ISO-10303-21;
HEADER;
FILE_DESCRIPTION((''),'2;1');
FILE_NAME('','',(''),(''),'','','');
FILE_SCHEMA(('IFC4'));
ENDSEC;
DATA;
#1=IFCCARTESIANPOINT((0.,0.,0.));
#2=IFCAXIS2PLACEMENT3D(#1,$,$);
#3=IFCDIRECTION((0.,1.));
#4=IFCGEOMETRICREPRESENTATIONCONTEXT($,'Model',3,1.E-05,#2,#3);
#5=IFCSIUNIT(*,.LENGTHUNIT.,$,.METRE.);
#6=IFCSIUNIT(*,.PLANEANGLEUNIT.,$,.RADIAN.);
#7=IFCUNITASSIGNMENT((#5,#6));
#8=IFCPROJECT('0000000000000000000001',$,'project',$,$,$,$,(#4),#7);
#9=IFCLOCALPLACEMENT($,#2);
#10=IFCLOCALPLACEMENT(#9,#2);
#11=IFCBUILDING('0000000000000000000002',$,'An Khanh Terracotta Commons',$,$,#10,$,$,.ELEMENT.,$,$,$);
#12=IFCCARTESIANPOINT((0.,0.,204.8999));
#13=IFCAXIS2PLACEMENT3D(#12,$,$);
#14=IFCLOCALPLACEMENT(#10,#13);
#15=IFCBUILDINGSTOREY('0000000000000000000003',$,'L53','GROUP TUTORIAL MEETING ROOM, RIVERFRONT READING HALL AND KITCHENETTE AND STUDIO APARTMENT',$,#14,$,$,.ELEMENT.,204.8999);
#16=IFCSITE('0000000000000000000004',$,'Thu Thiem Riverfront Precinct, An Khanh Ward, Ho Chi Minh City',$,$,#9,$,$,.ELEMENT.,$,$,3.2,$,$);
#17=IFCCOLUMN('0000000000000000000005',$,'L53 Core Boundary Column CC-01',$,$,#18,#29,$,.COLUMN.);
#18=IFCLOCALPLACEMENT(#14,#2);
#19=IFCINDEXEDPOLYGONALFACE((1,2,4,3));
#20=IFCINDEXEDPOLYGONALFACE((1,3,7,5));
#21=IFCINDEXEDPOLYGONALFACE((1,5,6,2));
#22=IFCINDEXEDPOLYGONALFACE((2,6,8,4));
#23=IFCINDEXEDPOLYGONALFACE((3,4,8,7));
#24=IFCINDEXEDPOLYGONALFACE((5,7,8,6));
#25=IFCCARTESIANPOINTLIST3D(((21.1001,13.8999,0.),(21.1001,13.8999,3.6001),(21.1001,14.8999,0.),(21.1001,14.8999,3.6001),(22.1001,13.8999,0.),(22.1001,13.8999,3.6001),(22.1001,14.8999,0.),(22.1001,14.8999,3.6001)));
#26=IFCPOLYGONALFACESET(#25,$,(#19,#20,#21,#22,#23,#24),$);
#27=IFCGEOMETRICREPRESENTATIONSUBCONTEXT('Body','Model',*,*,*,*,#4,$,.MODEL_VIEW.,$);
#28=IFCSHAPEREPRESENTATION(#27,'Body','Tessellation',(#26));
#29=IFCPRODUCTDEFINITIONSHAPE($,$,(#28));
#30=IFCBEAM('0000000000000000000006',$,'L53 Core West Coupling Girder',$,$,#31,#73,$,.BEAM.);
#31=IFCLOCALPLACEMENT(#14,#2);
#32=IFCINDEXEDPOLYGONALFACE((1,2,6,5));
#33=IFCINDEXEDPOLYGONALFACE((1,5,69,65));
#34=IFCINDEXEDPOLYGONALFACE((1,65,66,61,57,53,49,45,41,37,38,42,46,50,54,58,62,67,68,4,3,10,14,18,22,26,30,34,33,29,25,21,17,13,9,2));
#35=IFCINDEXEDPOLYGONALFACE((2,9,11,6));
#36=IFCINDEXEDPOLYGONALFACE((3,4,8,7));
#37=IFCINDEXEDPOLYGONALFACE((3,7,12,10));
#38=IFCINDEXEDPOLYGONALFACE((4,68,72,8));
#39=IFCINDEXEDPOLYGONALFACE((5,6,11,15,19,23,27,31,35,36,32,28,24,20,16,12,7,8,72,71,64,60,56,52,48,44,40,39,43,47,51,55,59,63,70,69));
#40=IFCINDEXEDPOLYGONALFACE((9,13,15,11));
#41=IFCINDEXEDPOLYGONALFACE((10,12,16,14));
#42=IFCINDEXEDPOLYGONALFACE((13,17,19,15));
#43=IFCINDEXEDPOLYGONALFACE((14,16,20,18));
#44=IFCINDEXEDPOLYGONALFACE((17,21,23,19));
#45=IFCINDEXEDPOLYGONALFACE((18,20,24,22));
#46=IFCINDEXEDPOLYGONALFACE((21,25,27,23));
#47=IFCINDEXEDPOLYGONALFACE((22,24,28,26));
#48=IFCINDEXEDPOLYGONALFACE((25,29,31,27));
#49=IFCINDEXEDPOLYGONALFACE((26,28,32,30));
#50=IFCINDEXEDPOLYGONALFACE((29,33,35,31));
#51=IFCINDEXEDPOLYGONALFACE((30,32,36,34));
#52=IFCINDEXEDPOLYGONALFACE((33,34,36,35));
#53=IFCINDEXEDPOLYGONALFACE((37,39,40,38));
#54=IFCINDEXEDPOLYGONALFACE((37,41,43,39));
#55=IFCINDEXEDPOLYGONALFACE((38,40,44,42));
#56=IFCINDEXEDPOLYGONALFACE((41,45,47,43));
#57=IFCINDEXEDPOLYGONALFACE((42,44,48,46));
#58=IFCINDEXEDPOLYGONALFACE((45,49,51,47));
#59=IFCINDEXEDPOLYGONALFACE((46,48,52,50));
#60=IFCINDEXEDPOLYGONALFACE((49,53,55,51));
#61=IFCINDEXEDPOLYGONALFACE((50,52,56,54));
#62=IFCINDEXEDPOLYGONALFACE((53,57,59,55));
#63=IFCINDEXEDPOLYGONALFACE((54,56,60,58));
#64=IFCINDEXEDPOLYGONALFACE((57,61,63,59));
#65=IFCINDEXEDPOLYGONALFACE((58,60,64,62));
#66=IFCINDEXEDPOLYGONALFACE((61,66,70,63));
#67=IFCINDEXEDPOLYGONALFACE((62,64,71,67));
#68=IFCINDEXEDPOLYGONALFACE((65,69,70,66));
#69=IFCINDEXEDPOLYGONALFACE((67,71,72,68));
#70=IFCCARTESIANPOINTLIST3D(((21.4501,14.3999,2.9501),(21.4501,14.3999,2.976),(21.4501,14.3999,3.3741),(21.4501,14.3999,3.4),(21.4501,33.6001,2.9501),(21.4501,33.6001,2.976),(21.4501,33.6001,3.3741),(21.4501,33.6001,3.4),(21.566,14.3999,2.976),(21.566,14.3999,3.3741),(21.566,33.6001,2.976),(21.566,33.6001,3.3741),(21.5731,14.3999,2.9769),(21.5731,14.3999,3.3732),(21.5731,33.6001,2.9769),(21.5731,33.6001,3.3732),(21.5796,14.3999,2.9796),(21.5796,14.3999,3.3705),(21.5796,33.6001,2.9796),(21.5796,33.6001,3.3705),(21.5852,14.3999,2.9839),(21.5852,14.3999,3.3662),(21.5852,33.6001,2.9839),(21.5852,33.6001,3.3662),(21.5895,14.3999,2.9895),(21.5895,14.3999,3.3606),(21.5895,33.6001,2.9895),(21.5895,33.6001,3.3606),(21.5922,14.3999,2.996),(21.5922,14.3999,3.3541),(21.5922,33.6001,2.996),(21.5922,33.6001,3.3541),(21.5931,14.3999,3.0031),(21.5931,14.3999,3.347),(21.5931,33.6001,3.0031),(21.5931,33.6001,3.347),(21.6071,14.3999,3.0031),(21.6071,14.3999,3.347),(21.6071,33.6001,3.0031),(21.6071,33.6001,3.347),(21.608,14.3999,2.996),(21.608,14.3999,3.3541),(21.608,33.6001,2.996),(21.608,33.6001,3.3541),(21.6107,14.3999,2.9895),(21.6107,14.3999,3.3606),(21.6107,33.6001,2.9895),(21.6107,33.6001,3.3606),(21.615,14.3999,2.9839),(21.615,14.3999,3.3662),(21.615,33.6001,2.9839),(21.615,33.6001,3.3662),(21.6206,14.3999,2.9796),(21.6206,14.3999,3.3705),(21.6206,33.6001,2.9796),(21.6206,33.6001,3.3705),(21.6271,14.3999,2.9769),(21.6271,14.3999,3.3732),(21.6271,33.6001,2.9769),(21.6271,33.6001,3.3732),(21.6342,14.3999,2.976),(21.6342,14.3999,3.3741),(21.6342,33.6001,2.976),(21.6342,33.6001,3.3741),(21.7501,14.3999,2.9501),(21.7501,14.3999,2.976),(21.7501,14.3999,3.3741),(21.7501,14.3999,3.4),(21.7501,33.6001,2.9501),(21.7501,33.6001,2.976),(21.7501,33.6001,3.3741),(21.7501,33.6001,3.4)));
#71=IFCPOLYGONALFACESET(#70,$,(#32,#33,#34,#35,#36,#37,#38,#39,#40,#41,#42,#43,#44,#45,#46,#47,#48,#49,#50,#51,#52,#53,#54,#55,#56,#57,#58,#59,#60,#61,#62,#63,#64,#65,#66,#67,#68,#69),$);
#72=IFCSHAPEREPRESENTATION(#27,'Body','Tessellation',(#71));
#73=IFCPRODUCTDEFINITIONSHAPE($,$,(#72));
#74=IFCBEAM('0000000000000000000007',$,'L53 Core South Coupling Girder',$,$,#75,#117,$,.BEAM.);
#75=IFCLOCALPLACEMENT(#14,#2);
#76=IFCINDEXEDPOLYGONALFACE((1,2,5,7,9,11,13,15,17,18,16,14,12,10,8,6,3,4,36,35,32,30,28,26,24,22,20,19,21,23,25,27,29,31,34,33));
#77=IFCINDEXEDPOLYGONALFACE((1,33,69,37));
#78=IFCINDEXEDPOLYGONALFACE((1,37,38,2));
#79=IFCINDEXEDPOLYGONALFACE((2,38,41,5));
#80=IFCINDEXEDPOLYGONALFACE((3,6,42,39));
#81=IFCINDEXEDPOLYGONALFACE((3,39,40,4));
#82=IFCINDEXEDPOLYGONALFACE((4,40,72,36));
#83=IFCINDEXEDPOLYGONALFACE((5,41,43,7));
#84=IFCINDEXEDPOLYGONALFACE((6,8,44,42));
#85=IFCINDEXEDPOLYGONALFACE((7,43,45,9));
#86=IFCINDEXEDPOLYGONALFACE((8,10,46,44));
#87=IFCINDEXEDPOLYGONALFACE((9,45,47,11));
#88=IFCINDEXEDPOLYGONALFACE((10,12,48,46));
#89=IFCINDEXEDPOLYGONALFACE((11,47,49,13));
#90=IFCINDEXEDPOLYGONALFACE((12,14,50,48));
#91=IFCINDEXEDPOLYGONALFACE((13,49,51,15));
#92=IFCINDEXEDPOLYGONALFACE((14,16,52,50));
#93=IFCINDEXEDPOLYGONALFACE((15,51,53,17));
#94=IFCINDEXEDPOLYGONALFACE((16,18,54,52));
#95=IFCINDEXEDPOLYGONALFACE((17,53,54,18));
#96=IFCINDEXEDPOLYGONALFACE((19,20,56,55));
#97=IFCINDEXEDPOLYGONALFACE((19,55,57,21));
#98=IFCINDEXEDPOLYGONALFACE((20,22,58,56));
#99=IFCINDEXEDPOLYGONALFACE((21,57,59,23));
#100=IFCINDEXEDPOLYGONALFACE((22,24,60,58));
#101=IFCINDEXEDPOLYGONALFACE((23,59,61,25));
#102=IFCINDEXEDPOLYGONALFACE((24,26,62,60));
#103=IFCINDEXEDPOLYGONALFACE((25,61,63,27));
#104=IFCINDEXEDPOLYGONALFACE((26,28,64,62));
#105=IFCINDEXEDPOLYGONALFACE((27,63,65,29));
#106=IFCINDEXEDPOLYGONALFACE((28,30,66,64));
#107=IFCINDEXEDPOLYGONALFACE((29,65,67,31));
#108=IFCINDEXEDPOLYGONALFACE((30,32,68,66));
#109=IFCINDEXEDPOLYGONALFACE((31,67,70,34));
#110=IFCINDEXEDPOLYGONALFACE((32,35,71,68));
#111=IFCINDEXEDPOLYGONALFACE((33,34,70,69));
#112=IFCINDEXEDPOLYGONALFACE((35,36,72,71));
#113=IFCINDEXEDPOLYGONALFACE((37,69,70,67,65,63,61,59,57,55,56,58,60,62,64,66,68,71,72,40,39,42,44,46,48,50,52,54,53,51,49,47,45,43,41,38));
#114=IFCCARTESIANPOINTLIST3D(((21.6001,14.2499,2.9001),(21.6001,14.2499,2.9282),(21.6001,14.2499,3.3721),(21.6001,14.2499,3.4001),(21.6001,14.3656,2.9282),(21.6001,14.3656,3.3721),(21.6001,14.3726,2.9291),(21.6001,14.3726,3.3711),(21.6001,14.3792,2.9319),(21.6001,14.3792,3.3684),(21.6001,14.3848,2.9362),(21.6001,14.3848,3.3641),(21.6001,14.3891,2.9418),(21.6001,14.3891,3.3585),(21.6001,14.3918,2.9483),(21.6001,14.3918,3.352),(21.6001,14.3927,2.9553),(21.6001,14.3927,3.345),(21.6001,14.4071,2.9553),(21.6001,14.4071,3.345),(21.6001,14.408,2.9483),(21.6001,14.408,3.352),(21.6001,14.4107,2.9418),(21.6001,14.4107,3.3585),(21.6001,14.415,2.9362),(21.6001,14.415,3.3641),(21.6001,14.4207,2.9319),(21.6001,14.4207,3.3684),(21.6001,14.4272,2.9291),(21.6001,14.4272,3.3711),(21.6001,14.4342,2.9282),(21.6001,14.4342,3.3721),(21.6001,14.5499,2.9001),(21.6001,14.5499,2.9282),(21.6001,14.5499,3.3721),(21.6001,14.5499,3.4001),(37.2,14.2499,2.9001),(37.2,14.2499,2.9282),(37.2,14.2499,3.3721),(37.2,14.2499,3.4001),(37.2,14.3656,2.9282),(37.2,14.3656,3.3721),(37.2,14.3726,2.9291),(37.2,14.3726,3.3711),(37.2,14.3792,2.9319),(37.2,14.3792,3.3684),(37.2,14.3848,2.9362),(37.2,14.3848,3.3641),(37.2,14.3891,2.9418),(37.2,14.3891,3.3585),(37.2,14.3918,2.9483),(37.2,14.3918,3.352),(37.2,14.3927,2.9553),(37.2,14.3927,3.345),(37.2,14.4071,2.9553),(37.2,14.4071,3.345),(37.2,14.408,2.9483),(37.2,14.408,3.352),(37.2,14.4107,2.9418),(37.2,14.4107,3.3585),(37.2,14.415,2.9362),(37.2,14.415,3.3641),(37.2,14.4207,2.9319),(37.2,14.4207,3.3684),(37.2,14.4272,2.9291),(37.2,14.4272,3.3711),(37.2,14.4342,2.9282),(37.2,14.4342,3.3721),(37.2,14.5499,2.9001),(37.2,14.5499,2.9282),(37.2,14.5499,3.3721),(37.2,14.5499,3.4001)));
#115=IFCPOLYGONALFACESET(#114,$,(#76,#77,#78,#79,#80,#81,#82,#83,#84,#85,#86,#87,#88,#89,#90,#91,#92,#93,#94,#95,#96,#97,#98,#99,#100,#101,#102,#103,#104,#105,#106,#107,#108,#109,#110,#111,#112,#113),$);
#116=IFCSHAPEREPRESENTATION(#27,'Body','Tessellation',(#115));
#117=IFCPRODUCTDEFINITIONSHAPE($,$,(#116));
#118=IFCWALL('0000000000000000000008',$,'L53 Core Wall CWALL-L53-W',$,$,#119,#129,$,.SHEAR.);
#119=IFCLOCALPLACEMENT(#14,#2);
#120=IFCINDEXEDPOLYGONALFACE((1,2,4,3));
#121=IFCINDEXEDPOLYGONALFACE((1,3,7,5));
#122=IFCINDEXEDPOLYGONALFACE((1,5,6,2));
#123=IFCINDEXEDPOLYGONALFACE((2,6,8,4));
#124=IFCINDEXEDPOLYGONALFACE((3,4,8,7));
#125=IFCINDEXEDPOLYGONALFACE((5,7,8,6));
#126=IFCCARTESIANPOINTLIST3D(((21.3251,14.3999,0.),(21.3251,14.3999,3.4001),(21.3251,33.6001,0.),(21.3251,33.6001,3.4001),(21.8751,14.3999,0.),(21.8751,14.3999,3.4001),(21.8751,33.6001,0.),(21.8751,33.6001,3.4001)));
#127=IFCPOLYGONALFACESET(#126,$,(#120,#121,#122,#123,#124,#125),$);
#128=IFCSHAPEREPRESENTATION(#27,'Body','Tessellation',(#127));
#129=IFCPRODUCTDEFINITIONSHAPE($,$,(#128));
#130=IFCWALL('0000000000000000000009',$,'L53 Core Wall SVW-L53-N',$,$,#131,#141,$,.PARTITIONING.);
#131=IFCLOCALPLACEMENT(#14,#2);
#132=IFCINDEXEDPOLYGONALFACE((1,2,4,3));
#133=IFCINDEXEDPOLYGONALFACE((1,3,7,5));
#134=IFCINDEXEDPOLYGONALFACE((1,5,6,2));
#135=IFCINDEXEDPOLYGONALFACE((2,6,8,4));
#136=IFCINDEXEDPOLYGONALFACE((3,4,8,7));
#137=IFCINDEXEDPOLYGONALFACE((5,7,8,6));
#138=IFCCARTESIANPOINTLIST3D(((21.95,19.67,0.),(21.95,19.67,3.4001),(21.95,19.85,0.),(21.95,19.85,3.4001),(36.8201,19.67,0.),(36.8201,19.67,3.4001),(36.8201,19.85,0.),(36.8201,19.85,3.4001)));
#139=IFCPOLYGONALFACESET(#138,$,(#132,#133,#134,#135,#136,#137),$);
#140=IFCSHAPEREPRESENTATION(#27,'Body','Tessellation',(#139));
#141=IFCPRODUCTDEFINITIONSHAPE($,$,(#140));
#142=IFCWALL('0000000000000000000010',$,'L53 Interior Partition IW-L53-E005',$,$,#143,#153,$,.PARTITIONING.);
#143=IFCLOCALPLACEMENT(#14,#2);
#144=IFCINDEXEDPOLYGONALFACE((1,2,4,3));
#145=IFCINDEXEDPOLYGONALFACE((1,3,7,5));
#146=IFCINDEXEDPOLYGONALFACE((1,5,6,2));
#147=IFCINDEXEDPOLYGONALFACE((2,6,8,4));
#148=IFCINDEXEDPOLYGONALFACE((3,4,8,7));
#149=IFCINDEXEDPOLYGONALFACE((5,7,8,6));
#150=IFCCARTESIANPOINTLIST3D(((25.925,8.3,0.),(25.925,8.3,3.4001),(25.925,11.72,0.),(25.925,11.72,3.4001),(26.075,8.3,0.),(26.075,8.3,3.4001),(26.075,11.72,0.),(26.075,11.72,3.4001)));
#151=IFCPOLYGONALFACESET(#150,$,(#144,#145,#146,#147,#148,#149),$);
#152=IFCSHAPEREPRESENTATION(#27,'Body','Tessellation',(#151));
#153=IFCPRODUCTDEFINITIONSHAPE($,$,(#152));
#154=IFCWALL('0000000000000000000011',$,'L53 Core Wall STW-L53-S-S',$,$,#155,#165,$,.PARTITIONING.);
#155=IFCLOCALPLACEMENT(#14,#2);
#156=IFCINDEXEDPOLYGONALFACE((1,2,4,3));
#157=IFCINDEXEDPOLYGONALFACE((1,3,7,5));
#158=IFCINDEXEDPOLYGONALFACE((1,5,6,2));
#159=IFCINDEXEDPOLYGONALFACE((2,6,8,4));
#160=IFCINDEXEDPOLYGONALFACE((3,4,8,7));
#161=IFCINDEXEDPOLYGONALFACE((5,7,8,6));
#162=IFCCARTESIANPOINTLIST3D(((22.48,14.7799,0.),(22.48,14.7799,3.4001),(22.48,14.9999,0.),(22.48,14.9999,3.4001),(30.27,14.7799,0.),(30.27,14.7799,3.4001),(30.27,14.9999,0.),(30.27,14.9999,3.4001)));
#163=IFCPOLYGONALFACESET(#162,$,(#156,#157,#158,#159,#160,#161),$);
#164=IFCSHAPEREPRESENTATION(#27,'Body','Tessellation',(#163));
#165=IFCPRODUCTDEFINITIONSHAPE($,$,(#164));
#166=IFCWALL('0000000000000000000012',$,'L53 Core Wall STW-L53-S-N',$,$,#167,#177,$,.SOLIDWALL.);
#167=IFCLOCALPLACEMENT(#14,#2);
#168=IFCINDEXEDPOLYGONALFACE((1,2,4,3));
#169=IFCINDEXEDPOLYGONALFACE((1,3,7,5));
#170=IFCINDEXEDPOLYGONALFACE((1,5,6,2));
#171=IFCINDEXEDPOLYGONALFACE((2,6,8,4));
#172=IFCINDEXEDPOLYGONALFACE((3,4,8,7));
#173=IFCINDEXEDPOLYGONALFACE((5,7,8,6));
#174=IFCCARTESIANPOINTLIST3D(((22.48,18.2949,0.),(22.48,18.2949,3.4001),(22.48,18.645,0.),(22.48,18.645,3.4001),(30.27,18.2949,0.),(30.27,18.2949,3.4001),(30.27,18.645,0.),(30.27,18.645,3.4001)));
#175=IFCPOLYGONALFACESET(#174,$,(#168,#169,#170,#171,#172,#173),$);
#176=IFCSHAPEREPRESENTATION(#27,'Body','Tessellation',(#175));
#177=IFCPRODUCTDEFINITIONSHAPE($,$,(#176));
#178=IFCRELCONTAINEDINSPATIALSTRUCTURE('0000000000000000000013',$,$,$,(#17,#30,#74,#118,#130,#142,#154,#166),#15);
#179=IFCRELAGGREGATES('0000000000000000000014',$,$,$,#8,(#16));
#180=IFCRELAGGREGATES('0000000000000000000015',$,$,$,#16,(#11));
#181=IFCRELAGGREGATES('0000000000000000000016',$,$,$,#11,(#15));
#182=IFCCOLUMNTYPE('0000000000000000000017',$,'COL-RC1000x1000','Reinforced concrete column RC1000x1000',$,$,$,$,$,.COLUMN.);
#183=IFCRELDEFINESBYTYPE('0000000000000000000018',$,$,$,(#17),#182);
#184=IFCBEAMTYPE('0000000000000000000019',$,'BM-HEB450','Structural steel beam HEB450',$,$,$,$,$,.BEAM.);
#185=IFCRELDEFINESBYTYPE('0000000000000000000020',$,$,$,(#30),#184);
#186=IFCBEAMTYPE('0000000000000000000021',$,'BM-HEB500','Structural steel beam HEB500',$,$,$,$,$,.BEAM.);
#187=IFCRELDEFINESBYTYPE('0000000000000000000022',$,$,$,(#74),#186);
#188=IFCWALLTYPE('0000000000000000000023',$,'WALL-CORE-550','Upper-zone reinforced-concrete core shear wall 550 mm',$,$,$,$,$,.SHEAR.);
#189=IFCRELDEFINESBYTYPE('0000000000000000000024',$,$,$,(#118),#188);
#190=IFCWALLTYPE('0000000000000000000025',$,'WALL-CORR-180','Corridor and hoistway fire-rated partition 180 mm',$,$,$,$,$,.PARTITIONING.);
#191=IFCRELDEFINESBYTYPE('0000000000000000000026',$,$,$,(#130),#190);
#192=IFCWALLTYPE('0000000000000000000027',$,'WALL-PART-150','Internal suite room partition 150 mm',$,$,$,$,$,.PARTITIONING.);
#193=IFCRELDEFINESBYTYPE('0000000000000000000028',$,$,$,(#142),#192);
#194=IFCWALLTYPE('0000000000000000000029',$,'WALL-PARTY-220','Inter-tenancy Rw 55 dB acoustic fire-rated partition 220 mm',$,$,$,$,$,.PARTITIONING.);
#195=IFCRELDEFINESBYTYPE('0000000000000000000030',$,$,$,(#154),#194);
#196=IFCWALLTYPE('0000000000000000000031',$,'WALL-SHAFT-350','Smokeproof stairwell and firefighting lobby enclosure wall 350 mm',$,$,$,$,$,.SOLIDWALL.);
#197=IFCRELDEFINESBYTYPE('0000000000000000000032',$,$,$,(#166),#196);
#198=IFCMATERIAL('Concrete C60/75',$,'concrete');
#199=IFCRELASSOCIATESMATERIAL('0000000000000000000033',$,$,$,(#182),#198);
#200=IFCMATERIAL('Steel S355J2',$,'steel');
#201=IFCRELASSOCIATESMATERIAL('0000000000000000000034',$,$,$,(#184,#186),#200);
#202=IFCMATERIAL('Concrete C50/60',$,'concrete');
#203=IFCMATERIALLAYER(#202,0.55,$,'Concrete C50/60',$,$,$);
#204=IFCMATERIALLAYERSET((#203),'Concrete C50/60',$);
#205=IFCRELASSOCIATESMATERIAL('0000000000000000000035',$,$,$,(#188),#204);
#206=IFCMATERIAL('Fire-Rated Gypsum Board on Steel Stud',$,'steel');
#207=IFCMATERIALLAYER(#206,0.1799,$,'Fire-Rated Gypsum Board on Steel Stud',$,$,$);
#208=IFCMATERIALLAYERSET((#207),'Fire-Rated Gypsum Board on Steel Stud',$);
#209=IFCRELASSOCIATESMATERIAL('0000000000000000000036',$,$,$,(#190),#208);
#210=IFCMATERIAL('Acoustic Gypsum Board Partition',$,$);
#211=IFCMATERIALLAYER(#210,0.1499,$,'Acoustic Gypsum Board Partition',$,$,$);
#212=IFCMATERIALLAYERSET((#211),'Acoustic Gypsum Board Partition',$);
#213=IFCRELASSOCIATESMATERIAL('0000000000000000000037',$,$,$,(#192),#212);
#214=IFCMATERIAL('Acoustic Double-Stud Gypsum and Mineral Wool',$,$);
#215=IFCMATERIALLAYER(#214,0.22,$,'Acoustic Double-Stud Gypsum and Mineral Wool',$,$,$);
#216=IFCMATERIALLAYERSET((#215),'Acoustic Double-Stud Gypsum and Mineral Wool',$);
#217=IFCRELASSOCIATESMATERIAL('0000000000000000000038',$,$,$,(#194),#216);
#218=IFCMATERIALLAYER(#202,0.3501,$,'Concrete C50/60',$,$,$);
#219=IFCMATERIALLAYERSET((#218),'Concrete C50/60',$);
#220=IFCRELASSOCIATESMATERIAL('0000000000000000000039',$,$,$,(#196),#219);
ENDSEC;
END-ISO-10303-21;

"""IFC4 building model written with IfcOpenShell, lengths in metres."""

from ifc_helpers import new_model, si_unit, direction, frame, frame_2d, origin, origin_2d, place, context, subcontext, project, spatial, rectangle, i_section, extrude, material, layer, layer_set, material_profile, profile_set, type_object, element, save


model = new_model("IFC4")

# Units and contexts
model_context = context("Model", 3, precision=1e-05, world=origin(), true_north=direction((0.0, 1.0)))
body_context = subcontext(model_context, "Body", "Model", "MODEL_VIEW")
ifc_project = project(units=[si_unit("LENGTHUNIT", "METRE"), si_unit("PLANEANGLEUNIT", "RADIAN")], contexts=[model_context])

# Site, building, storey
site_placement = place(None, origin())
site = spatial("IfcSite", under=ifc_project, at=site_placement, Name="Thu Thiem Riverfront Precinct, An Khanh Ward, Ho Chi Minh City", CompositionType="ELEMENT", RefElevation=3.2)
building_placement = place(site_placement, origin())
building = spatial("IfcBuilding", under=site, at=building_placement, Name="An Khanh Terracotta Commons", CompositionType="ELEMENT")
storey_placement = place(building_placement, frame((0.0, 0.0, 204.8999)))
storey = spatial("IfcBuildingStorey", under=building, at=storey_placement, Name="L53", Description="GROUP TUTORIAL MEETING ROOM, RIVERFRONT READING HALL AND KITCHENETTE AND STUDIO APARTMENT", CompositionType="ELEMENT", Elevation=204.8999)

# Column
ifc_material_1 = material(Name="Concrete C60/75", Category="concrete")
ifc_material_profile_1 = material_profile(ifc_material_1, rectangle(XDim=1.0, YDim=1.0, at=origin_2d()), Name="RC1000x1000")
ifc_profile_set_1 = profile_set([ifc_material_profile_1], Name="Concrete C60/75")
column_type = type_object("IfcColumnType", Name="COL-RC1000x1000", Description="Reinforced concrete column RC1000x1000", PredefinedType="COLUMN", material=ifc_profile_set_1)
column_placement = place(storey_placement, frame((21.6001, 14.3999, 0.0), z_axis=(0.0, 0.0, 1.0), x_axis=(1.0, 0.0, 0.0)))
element("IfcColumn", 1, at=column_placement, inside=storey, type_object=column_type, Name="L53 Core Boundary Column CC-01", PredefinedType="COLUMN", context=body_context, shape_type="SweptSolid", body=[
    extrude(rectangle(XDim=1.0, YDim=1.0, at=origin_2d()), origin(), (0.0, 0.0, 1.0), 3.6001),
])

# Beams
ifc_material_2 = material(Name="Steel S355J2", Category="steel")
ifc_material_profile_2 = material_profile(ifc_material_2, i_section(OverallWidth=0.3, OverallDepth=0.45, WebThickness=0.0139, FlangeThickness=0.0259, FilletRadius=0.0271, at=origin_2d()), Name="HEB450")
ifc_profile_set_2 = profile_set([ifc_material_profile_2], Name="Steel S355J2")
beam_type_1 = type_object("IfcBeamType", Name="BM-HEB450", Description="Structural steel beam HEB450", PredefinedType="BEAM", material=ifc_profile_set_2)
beam_1_placement = place(storey_placement, frame((21.6001, 14.3999, 3.175), z_axis=(0.0, 1.0, 0.0), x_axis=(-1.0, 0.0, 0.0)))
element("IfcBeam", 2, at=beam_1_placement, inside=storey, type_object=beam_type_1, Name="L53 Core West Coupling Girder", PredefinedType="BEAM", context=body_context, shape_type="SweptSolid", body=[
    extrude(i_section(OverallWidth=0.3, OverallDepth=0.45, WebThickness=0.0139, FlangeThickness=0.0259, FilletRadius=0.0271, at=origin_2d()), origin(), (0.0, 0.0, 1.0), 19.2002),
])
ifc_material_profile_3 = material_profile(ifc_material_2, i_section(OverallWidth=0.3, OverallDepth=0.5, WebThickness=0.0144, FlangeThickness=0.0281, FilletRadius=0.0271, at=origin_2d()), Name="HEB500")
ifc_profile_set_3 = profile_set([ifc_material_profile_3], Name="Steel S355J2")
beam_type_2 = type_object("IfcBeamType", Name="BM-HEB500", Description="Structural steel beam HEB500", PredefinedType="BEAM", material=ifc_profile_set_3)
beam_2_placement = place(storey_placement, frame((21.6001, 14.3999, 3.1501), z_axis=(1.0, 0.0, 0.0), x_axis=(0.0, 1.0, 0.0)))
element("IfcBeam", 3, at=beam_2_placement, inside=storey, type_object=beam_type_2, Name="L53 Core South Coupling Girder", PredefinedType="BEAM", context=body_context, shape_type="SweptSolid", body=[
    extrude(i_section(OverallWidth=0.3, OverallDepth=0.5, WebThickness=0.0144, FlangeThickness=0.0281, FilletRadius=0.0271, at=origin_2d()), origin(), (0.0, 0.0, 1.0), 15.5999),
])

# Walls
ifc_material_3 = material(Name="Concrete C50/60", Category="concrete")
ifc_layer_1 = layer(ifc_material_3, 0.55, Name="Concrete C50/60")
ifc_layer_set_1 = layer_set([ifc_layer_1], Name="Concrete C50/60")
wall_type_1 = type_object("IfcWallType", Name="WALL-CORE-550", Description="Upper-zone reinforced-concrete core shear wall 550 mm", PredefinedType="SHEAR", material=ifc_layer_set_1)
wall_1_placement = place(storey_placement, frame((21.6001, 14.3999, 0.0), z_axis=(0.0, 0.0, 1.0), x_axis=(0.0, 1.0, 0.0)))
element("IfcWall", 4, at=wall_1_placement, inside=storey, type_object=wall_type_1, Name="L53 Core Wall CWALL-L53-W", PredefinedType="SHEAR", context=body_context, shape_type="SweptSolid", body=[
    extrude(rectangle(XDim=19.2002, YDim=0.55, at=frame_2d((9.6001, 0.0))), origin(), (0.0, 0.0, 1.0), 3.4001),
])
ifc_material_4 = material(Name="Fire-Rated Gypsum Board on Steel Stud", Category="steel")
ifc_layer_2 = layer(ifc_material_4, 0.1799, Name="Fire-Rated Gypsum Board on Steel Stud")
ifc_layer_set_2 = layer_set([ifc_layer_2], Name="Fire-Rated Gypsum Board on Steel Stud")
wall_type_2 = type_object("IfcWallType", Name="WALL-CORR-180", Description="Corridor and hoistway fire-rated partition 180 mm", PredefinedType="PARTITIONING", material=ifc_layer_set_2)
wall_2_placement = place(storey_placement, frame((21.95, 19.76, 0.0), z_axis=(0.0, 0.0, 1.0), x_axis=(1.0, 0.0, 0.0)))
element("IfcWall", 5, at=wall_2_placement, inside=storey, type_object=wall_type_2, Name="L53 Core Wall SVW-L53-N", PredefinedType="PARTITIONING", context=body_context, shape_type="SweptSolid", body=[
    extrude(rectangle(XDim=14.8701, YDim=0.1799, at=frame_2d((7.4351, 0.0))), origin(), (0.0, 0.0, 1.0), 3.4001),
])

# Walls
ifc_material_5 = material(Name="Acoustic Gypsum Board Partition")
ifc_layer_3 = layer(ifc_material_5, 0.1499, Name="Acoustic Gypsum Board Partition")
ifc_layer_set_3 = layer_set([ifc_layer_3], Name="Acoustic Gypsum Board Partition")
wall_type_3 = type_object("IfcWallType", Name="WALL-PART-150", Description="Internal suite room partition 150 mm", PredefinedType="PARTITIONING", material=ifc_layer_set_3)
wall_3_placement = place(storey_placement, frame((26.0, 8.3, 0.0), z_axis=(0.0, 0.0, 1.0), x_axis=(0.0, 1.0, 0.0)))
element("IfcWall", 6, at=wall_3_placement, inside=storey, type_object=wall_type_3, Name="L53 Interior Partition IW-L53-E005", PredefinedType="PARTITIONING", context=body_context, shape_type="SweptSolid", body=[
    extrude(rectangle(XDim=3.4199, YDim=0.1499, at=frame_2d((1.71, 0.0))), origin(), (0.0, 0.0, 1.0), 3.4001),
])
ifc_material_6 = material(Name="Acoustic Double-Stud Gypsum and Mineral Wool")
ifc_layer_4 = layer(ifc_material_6, 0.22, Name="Acoustic Double-Stud Gypsum and Mineral Wool")
ifc_layer_set_4 = layer_set([ifc_layer_4], Name="Acoustic Double-Stud Gypsum and Mineral Wool")
wall_type_4 = type_object("IfcWallType", Name="WALL-PARTY-220", Description="Inter-tenancy Rw 55 dB acoustic fire-rated partition 220 mm", PredefinedType="PARTITIONING", material=ifc_layer_set_4)
wall_4_placement = place(storey_placement, frame((22.48, 14.8899, 0.0), z_axis=(0.0, 0.0, 1.0), x_axis=(1.0, 0.0, 0.0)))
element("IfcWall", 7, at=wall_4_placement, inside=storey, type_object=wall_type_4, Name="L53 Core Wall STW-L53-S-S", PredefinedType="PARTITIONING", context=body_context, shape_type="SweptSolid", body=[
    extrude(rectangle(XDim=7.79, YDim=0.22, at=frame_2d((3.895, 0.0))), origin(), (0.0, 0.0, 1.0), 3.4001),
])
ifc_layer_5 = layer(ifc_material_3, 0.3501, Name="Concrete C50/60")
ifc_layer_set_5 = layer_set([ifc_layer_5], Name="Concrete C50/60")
wall_type_5 = type_object("IfcWallType", Name="WALL-SHAFT-350", Description="Smokeproof stairwell and firefighting lobby enclosure wall 350 mm", PredefinedType="SOLIDWALL", material=ifc_layer_set_5)
wall_5_placement = place(storey_placement, frame((22.48, 18.47, 0.0), z_axis=(0.0, 0.0, 1.0), x_axis=(1.0, 0.0, 0.0)))
element("IfcWall", 8, at=wall_5_placement, inside=storey, type_object=wall_type_5, Name="L53 Core Wall STW-L53-S-N", PredefinedType="SOLIDWALL", context=body_context, shape_type="SweptSolid", body=[
    extrude(rectangle(XDim=7.79, YDim=0.3501, at=frame_2d((3.895, 0.0))), origin(), (0.0, 0.0, 1.0), 3.4001),
])

save(model, "model.ifc")
